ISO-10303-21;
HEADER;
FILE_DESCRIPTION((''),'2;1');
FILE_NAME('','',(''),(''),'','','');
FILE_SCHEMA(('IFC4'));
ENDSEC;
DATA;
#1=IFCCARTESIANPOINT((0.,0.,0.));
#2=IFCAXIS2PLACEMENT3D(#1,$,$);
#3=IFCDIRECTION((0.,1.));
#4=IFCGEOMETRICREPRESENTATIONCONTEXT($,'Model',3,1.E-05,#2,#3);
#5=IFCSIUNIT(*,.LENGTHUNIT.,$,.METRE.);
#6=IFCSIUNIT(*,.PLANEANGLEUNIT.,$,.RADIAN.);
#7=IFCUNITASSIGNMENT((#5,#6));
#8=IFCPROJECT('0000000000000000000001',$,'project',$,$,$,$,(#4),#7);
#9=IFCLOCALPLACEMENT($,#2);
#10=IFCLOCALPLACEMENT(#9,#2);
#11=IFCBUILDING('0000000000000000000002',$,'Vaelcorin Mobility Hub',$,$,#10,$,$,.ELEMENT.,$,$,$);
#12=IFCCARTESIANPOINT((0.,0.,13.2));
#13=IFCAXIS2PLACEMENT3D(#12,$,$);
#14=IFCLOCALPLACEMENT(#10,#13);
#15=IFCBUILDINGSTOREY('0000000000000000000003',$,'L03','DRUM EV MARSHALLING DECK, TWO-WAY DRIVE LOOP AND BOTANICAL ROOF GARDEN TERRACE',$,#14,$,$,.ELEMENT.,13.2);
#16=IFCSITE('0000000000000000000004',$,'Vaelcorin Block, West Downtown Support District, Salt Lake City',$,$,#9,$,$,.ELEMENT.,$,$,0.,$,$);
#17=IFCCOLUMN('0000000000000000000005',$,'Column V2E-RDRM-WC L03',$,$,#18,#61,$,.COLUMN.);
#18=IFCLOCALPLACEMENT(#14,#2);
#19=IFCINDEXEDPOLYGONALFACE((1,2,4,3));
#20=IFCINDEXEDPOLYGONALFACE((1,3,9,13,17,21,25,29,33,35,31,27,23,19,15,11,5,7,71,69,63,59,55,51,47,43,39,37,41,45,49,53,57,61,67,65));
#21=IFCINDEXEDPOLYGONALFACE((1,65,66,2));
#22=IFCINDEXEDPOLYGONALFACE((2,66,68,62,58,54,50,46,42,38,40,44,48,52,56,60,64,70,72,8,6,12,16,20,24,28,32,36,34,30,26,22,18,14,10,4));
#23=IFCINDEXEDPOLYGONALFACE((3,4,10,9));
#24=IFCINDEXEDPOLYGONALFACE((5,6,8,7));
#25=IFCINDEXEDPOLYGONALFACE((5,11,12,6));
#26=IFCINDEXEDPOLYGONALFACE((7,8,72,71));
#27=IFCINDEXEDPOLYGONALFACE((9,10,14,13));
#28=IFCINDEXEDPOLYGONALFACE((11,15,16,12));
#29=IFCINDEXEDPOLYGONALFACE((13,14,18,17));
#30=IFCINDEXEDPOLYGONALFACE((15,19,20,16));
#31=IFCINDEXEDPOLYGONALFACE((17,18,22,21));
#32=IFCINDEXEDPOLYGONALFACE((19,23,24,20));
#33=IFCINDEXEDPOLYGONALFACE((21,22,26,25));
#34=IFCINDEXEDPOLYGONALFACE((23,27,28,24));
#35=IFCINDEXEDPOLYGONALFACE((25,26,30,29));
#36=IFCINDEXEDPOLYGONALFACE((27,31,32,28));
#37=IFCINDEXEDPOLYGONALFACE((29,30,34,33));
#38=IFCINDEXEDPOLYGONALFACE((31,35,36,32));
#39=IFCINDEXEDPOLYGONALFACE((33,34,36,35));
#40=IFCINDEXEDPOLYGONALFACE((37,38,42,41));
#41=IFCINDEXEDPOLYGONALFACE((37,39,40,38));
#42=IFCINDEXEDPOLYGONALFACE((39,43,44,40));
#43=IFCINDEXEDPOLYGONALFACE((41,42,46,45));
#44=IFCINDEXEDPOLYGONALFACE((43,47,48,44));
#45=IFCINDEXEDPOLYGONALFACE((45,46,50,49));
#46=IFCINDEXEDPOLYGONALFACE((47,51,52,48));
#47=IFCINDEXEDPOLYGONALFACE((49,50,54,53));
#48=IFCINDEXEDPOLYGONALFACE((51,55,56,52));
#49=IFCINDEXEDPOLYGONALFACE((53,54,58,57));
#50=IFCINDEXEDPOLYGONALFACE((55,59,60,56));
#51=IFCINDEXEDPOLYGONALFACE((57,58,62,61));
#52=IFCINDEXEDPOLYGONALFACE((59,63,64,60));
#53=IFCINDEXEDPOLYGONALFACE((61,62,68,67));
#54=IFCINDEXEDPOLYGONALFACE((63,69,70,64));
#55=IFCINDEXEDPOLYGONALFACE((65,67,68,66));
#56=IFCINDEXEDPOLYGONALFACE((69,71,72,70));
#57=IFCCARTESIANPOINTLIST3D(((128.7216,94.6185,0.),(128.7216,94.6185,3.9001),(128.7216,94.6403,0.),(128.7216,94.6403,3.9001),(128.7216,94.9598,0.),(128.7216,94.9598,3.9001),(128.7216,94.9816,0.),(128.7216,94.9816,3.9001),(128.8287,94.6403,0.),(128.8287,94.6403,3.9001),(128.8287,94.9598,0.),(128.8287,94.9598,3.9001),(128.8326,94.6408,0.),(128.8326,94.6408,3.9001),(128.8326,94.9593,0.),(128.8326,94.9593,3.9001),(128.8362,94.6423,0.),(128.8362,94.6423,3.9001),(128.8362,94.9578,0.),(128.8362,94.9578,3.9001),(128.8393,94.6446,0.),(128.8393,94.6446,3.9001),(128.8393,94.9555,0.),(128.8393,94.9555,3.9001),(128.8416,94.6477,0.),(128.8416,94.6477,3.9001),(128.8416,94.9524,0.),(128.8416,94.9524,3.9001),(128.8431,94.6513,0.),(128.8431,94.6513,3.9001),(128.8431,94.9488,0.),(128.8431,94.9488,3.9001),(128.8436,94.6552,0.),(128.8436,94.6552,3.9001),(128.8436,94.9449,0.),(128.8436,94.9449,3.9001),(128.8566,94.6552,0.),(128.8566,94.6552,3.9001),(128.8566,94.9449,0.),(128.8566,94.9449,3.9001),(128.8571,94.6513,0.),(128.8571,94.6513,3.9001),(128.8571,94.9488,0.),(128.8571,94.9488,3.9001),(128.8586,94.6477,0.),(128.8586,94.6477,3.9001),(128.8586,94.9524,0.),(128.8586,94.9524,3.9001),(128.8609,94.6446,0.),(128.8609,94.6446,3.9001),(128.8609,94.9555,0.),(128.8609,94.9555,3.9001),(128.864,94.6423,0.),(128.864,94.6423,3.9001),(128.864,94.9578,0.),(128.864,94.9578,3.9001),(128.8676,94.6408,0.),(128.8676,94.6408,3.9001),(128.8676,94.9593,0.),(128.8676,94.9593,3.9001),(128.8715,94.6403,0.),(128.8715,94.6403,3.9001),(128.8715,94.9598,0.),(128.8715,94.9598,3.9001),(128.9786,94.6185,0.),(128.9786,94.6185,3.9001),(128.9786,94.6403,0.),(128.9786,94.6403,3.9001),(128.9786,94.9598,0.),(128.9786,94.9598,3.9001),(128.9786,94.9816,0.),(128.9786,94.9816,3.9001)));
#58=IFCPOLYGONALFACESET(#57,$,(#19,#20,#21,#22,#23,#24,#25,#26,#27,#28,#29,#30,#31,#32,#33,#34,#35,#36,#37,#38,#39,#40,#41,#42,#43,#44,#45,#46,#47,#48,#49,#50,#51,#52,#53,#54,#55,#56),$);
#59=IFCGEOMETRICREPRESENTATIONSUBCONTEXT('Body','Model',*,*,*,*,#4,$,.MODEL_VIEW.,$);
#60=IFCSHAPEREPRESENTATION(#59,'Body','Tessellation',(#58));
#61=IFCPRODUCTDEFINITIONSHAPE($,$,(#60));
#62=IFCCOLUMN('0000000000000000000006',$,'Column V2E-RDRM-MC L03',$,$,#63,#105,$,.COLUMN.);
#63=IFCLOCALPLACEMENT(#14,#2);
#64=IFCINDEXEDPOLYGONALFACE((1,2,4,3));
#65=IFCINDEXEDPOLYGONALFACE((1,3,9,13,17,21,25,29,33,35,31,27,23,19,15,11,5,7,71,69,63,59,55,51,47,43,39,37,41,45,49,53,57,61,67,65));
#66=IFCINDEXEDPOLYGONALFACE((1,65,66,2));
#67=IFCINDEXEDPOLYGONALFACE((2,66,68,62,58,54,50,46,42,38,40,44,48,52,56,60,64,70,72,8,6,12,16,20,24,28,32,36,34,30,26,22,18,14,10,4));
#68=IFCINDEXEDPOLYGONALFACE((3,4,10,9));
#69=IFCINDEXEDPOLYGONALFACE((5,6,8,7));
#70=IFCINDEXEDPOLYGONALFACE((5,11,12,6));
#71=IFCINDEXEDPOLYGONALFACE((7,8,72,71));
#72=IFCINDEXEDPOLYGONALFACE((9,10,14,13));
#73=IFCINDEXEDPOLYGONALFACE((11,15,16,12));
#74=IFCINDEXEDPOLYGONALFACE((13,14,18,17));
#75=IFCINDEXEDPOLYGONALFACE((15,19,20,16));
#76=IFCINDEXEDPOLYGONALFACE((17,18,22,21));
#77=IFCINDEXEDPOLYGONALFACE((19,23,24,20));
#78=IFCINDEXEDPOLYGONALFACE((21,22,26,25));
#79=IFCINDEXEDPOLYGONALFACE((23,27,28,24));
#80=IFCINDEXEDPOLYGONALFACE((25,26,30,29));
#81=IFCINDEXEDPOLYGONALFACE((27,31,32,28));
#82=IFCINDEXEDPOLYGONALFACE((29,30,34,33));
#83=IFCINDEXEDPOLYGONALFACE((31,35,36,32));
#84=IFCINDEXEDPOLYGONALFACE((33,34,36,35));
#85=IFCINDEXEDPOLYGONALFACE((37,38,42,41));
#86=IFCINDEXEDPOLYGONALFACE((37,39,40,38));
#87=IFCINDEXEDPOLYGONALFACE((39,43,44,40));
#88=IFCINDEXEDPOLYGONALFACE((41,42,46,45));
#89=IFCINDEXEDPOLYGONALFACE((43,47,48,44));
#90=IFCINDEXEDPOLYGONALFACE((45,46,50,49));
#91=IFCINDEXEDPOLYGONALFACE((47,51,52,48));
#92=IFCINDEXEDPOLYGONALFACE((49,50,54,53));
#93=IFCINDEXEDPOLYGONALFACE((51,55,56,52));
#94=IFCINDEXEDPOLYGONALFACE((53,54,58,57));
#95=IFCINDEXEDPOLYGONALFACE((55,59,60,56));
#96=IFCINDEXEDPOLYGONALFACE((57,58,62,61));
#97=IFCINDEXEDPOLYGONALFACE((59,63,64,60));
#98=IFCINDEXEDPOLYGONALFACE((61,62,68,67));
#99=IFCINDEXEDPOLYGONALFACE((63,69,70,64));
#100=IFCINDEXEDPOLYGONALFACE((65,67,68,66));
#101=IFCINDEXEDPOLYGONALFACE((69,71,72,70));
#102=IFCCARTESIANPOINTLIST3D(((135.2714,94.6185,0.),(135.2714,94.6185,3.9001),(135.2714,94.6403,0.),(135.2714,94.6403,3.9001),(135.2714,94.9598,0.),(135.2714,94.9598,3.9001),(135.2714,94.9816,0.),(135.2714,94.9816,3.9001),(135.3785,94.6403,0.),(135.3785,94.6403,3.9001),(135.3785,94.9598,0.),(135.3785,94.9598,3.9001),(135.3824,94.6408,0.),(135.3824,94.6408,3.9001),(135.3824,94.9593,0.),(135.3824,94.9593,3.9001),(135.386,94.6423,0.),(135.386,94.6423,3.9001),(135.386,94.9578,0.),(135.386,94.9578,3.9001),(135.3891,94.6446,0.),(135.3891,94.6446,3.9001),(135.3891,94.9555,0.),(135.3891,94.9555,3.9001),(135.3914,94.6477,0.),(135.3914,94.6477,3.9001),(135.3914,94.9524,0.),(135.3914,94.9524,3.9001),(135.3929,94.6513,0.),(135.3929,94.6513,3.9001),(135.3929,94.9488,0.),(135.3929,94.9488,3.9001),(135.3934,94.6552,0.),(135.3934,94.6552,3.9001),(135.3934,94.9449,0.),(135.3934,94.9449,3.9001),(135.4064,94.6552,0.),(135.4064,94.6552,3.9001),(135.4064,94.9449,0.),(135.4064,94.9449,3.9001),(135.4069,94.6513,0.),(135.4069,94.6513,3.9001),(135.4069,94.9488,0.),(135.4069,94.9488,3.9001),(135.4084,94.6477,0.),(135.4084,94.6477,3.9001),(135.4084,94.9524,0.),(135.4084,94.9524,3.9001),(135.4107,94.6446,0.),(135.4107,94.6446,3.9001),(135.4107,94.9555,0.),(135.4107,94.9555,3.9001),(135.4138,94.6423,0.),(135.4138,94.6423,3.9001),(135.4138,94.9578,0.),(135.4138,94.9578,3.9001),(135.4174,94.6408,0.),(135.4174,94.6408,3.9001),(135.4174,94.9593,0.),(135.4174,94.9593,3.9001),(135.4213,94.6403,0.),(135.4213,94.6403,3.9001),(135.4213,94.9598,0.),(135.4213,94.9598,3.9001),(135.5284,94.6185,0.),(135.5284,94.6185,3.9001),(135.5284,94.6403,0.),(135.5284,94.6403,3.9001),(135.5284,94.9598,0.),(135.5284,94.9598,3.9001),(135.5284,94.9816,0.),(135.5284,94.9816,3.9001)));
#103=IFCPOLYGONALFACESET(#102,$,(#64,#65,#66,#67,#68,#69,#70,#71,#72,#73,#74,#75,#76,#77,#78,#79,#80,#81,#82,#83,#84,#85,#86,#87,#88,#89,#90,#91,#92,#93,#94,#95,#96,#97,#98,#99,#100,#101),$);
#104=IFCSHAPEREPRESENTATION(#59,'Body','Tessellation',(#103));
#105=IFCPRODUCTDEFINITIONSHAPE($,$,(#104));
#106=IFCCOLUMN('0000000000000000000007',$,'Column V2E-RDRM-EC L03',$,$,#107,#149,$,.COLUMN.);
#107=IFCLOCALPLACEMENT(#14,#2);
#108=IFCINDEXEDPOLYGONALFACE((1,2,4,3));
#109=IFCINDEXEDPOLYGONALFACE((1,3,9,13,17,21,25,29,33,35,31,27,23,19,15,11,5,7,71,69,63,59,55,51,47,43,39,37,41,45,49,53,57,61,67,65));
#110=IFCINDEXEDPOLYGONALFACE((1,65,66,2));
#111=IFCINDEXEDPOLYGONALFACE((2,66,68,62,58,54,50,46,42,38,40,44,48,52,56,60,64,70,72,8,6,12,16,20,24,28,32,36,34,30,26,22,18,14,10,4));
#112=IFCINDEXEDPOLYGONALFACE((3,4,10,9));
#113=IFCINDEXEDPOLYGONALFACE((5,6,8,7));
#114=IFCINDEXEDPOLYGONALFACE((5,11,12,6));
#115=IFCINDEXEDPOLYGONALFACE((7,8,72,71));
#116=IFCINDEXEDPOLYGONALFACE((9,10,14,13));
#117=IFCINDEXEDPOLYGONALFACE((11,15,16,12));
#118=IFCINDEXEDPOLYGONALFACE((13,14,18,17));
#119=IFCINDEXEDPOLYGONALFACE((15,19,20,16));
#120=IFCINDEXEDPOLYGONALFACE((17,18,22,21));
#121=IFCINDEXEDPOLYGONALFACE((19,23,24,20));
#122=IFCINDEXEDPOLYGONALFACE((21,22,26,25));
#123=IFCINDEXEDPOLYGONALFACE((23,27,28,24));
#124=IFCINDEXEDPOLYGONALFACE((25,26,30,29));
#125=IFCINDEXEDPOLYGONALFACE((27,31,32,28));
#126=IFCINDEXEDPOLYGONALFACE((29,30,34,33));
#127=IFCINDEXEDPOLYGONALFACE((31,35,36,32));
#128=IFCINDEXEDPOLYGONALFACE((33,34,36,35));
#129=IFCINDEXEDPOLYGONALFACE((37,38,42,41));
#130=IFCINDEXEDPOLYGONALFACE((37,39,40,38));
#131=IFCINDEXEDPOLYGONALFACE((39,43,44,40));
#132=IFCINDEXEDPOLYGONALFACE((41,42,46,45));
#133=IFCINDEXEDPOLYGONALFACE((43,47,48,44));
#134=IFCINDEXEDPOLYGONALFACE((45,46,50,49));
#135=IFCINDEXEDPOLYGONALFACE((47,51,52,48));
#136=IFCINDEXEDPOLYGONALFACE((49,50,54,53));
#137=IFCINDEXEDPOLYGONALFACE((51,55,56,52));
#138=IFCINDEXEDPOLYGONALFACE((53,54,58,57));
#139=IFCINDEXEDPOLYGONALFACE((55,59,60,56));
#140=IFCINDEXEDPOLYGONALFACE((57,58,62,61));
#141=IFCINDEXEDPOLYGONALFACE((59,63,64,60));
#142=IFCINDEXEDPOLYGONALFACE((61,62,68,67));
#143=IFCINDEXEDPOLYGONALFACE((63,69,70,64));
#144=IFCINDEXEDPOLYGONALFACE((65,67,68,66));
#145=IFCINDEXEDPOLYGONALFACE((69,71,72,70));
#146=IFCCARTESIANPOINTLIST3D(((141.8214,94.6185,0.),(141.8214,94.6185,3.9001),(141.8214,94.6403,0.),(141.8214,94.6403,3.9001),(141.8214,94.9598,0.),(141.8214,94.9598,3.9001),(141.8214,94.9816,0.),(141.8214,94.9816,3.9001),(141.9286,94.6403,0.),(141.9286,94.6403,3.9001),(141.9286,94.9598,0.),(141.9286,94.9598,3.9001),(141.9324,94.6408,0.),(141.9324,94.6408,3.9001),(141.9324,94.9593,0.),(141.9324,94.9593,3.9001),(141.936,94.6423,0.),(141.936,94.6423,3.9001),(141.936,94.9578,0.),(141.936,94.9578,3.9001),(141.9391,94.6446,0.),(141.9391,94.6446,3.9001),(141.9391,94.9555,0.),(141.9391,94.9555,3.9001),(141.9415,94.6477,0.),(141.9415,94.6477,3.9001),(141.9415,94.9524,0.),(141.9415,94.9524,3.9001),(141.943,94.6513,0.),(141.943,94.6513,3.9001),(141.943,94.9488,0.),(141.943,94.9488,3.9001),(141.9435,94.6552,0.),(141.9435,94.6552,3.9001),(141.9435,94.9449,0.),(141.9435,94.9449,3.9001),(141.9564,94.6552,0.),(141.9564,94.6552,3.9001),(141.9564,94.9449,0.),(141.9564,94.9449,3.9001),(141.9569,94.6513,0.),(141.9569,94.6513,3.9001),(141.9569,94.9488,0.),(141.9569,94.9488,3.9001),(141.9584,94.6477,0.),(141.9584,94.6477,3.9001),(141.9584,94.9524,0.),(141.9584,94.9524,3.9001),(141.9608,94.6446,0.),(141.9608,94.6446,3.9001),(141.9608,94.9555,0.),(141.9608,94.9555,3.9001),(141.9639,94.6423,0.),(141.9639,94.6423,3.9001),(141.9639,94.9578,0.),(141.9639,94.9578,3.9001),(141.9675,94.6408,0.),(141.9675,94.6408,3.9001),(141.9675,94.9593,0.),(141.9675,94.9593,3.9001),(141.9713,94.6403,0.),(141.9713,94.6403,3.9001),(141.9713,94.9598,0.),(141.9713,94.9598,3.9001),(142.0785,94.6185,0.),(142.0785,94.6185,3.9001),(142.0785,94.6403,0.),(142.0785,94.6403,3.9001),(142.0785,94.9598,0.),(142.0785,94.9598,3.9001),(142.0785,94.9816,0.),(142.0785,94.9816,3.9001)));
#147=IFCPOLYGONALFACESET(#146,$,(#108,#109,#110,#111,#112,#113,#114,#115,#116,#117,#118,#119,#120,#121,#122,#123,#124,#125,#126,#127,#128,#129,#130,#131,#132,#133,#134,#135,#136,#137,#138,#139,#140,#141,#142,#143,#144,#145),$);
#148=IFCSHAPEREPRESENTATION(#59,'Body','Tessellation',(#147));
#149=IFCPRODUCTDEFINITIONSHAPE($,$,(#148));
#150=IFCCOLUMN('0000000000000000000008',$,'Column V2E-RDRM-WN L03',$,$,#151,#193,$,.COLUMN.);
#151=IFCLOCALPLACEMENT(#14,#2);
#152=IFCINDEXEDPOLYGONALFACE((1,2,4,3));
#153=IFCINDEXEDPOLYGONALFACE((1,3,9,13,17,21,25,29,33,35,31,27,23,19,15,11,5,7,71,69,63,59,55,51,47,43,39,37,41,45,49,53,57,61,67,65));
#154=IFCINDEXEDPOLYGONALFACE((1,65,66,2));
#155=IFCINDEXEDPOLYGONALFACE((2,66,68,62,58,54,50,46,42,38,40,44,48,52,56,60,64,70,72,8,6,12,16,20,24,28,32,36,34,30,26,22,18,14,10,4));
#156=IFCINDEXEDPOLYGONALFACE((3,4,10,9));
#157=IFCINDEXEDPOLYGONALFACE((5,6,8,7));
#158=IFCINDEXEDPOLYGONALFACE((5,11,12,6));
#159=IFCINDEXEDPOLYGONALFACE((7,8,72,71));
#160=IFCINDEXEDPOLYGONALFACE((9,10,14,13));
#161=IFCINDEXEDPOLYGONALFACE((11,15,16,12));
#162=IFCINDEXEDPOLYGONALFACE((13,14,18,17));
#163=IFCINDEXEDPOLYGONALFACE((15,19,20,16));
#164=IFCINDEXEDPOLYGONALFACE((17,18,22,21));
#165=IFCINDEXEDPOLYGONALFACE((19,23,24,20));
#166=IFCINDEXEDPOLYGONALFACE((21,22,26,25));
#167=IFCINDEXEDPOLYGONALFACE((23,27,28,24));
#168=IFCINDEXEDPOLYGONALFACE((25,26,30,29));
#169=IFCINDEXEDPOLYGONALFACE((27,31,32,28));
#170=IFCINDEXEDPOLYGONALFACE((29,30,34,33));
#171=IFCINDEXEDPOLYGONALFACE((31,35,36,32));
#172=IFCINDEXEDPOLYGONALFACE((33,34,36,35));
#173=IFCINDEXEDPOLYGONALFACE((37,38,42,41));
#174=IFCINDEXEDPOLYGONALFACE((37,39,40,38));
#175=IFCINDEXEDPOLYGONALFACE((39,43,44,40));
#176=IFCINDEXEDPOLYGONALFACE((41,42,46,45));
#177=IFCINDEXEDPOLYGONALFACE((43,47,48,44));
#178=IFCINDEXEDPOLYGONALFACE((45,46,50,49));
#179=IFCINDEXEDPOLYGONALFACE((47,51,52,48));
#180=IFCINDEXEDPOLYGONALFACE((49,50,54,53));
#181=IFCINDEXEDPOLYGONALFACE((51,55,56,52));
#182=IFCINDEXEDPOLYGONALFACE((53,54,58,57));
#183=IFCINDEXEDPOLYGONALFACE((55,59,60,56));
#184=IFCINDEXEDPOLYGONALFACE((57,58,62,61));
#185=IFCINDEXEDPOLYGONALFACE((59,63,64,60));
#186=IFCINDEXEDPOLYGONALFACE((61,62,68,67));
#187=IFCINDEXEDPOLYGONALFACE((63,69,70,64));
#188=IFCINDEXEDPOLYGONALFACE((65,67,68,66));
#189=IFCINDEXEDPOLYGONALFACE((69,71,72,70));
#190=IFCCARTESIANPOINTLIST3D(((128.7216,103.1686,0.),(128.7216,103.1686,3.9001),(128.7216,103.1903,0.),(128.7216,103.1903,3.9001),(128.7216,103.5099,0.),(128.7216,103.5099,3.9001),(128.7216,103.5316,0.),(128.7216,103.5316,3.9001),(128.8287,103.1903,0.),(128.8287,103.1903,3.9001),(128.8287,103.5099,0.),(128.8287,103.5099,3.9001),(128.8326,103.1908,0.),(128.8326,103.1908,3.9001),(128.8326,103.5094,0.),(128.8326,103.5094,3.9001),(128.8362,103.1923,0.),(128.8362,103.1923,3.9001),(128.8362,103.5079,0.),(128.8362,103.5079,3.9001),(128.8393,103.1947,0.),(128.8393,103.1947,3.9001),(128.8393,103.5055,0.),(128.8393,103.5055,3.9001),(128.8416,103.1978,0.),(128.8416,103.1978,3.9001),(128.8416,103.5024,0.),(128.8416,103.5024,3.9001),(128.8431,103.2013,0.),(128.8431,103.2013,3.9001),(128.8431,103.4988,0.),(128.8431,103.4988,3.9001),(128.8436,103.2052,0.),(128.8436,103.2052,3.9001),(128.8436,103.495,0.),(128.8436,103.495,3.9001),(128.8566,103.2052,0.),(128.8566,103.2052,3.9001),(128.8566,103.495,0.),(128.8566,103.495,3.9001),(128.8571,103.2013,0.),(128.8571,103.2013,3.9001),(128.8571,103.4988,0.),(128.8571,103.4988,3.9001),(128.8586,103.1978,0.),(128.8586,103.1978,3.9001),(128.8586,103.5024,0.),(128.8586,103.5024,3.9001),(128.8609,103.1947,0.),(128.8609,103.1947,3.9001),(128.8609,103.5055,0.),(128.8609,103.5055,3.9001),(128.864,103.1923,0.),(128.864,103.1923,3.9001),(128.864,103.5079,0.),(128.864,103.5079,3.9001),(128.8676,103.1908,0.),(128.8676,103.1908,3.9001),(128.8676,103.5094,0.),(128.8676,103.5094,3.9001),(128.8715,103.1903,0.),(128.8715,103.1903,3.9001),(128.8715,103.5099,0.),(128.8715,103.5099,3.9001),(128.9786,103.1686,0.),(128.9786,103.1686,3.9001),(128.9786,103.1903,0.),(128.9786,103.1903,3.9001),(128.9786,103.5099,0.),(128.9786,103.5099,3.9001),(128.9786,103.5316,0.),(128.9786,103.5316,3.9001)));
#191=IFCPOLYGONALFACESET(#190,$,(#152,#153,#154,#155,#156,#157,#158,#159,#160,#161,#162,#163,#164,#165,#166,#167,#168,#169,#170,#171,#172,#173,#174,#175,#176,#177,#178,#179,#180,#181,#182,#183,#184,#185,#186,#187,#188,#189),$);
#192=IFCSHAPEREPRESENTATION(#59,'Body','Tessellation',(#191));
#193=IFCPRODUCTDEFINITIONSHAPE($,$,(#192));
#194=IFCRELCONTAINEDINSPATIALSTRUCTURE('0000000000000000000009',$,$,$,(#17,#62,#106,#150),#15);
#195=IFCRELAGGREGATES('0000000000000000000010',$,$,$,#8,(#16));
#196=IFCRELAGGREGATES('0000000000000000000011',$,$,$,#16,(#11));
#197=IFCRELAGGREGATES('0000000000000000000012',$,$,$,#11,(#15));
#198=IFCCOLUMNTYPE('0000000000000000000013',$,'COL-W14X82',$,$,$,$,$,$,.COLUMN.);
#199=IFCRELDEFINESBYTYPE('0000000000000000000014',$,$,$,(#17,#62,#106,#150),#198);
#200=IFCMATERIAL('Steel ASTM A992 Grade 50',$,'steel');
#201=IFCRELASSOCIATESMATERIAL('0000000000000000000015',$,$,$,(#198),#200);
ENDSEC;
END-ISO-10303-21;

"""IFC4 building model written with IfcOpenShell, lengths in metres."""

from ifc_helpers import new_model, si_unit, direction, frame, origin, origin_2d, place, context, subcontext, project, spatial, i_section, extrude, material, material_profile, profile_set, type_object, element, save


model = new_model("IFC4")

# Units and contexts
model_context = context("Model", 3, precision=1e-05, world=origin(), true_north=direction((0.0, 1.0)))
body_context = subcontext(model_context, "Body", "Model", "MODEL_VIEW")
ifc_project = project(units=[si_unit("LENGTHUNIT", "METRE"), si_unit("PLANEANGLEUNIT", "RADIAN")], contexts=[model_context])

# Site, building, storey
site_placement = place(None, origin())
site = spatial("IfcSite", under=ifc_project, at=site_placement, Name="Vaelcorin Block, West Downtown Support District, Salt Lake City", CompositionType="ELEMENT", RefElevation=0.0)
building_placement = place(site_placement, origin())
building = spatial("IfcBuilding", under=site, at=building_placement, Name="Vaelcorin Mobility Hub", CompositionType="ELEMENT")
storey_placement = place(building_placement, frame((0.0, 0.0, 13.2)))
storey = spatial("IfcBuildingStorey", under=building, at=storey_placement, Name="L03", Description="DRUM EV MARSHALLING DECK, TWO-WAY DRIVE LOOP AND BOTANICAL ROOF GARDEN TERRACE", CompositionType="ELEMENT", Elevation=13.2)

# Columns
ifc_material_1 = material(Name="Steel ASTM A992 Grade 50", Category="steel")
ifc_material_profile_1 = material_profile(ifc_material_1, i_section(OverallWidth=0.2571, OverallDepth=0.363, WebThickness=0.0129, FlangeThickness=0.0217, FilletRadius=0.0149, at=origin_2d()), Name="W14X82")
ifc_profile_set_1 = profile_set([ifc_material_profile_1], Name="Steel ASTM A992 Grade 50")
column_type_1 = type_object("IfcColumnType", Name="COL-W14X82", PredefinedType="COLUMN", material=ifc_profile_set_1)
for number, where, z_axis, x_axis, name in (
    (1, (128.8501, 94.8, 0.0), (0.0, 0.0, 1.0), (1.0, 0.0, 0.0), "Column V2E-RDRM-WC L03"),
    (2, (135.3999, 94.8, 0.0), (0.0, 0.0, 1.0), (1.0, 0.0, 0.0), "Column V2E-RDRM-MC L03"),
    (3, (141.95, 94.8, 0.0), (0.0, 0.0, 1.0), (1.0, 0.0, 0.0), "Column V2E-RDRM-EC L03"),
    (4, (128.8501, 103.3501, 0.0), (0.0, 0.0, 1.0), (1.0, 0.0, 0.0), "Column V2E-RDRM-WN L03"),
):
    element("IfcColumn", number, at=place(storey_placement, frame(where, z_axis=z_axis, x_axis=x_axis)), inside=storey, type_object=column_type_1, Name=name, PredefinedType="COLUMN", context=body_context, shape_type="SweptSolid", body=[
        extrude(i_section(OverallWidth=0.2571, OverallDepth=0.363, WebThickness=0.0129, FlangeThickness=0.0217, FilletRadius=0.0149, at=origin_2d()), origin(), (0.0, 0.0, 1.0), 3.9001),
    ])

save(model, "model.ifc")
